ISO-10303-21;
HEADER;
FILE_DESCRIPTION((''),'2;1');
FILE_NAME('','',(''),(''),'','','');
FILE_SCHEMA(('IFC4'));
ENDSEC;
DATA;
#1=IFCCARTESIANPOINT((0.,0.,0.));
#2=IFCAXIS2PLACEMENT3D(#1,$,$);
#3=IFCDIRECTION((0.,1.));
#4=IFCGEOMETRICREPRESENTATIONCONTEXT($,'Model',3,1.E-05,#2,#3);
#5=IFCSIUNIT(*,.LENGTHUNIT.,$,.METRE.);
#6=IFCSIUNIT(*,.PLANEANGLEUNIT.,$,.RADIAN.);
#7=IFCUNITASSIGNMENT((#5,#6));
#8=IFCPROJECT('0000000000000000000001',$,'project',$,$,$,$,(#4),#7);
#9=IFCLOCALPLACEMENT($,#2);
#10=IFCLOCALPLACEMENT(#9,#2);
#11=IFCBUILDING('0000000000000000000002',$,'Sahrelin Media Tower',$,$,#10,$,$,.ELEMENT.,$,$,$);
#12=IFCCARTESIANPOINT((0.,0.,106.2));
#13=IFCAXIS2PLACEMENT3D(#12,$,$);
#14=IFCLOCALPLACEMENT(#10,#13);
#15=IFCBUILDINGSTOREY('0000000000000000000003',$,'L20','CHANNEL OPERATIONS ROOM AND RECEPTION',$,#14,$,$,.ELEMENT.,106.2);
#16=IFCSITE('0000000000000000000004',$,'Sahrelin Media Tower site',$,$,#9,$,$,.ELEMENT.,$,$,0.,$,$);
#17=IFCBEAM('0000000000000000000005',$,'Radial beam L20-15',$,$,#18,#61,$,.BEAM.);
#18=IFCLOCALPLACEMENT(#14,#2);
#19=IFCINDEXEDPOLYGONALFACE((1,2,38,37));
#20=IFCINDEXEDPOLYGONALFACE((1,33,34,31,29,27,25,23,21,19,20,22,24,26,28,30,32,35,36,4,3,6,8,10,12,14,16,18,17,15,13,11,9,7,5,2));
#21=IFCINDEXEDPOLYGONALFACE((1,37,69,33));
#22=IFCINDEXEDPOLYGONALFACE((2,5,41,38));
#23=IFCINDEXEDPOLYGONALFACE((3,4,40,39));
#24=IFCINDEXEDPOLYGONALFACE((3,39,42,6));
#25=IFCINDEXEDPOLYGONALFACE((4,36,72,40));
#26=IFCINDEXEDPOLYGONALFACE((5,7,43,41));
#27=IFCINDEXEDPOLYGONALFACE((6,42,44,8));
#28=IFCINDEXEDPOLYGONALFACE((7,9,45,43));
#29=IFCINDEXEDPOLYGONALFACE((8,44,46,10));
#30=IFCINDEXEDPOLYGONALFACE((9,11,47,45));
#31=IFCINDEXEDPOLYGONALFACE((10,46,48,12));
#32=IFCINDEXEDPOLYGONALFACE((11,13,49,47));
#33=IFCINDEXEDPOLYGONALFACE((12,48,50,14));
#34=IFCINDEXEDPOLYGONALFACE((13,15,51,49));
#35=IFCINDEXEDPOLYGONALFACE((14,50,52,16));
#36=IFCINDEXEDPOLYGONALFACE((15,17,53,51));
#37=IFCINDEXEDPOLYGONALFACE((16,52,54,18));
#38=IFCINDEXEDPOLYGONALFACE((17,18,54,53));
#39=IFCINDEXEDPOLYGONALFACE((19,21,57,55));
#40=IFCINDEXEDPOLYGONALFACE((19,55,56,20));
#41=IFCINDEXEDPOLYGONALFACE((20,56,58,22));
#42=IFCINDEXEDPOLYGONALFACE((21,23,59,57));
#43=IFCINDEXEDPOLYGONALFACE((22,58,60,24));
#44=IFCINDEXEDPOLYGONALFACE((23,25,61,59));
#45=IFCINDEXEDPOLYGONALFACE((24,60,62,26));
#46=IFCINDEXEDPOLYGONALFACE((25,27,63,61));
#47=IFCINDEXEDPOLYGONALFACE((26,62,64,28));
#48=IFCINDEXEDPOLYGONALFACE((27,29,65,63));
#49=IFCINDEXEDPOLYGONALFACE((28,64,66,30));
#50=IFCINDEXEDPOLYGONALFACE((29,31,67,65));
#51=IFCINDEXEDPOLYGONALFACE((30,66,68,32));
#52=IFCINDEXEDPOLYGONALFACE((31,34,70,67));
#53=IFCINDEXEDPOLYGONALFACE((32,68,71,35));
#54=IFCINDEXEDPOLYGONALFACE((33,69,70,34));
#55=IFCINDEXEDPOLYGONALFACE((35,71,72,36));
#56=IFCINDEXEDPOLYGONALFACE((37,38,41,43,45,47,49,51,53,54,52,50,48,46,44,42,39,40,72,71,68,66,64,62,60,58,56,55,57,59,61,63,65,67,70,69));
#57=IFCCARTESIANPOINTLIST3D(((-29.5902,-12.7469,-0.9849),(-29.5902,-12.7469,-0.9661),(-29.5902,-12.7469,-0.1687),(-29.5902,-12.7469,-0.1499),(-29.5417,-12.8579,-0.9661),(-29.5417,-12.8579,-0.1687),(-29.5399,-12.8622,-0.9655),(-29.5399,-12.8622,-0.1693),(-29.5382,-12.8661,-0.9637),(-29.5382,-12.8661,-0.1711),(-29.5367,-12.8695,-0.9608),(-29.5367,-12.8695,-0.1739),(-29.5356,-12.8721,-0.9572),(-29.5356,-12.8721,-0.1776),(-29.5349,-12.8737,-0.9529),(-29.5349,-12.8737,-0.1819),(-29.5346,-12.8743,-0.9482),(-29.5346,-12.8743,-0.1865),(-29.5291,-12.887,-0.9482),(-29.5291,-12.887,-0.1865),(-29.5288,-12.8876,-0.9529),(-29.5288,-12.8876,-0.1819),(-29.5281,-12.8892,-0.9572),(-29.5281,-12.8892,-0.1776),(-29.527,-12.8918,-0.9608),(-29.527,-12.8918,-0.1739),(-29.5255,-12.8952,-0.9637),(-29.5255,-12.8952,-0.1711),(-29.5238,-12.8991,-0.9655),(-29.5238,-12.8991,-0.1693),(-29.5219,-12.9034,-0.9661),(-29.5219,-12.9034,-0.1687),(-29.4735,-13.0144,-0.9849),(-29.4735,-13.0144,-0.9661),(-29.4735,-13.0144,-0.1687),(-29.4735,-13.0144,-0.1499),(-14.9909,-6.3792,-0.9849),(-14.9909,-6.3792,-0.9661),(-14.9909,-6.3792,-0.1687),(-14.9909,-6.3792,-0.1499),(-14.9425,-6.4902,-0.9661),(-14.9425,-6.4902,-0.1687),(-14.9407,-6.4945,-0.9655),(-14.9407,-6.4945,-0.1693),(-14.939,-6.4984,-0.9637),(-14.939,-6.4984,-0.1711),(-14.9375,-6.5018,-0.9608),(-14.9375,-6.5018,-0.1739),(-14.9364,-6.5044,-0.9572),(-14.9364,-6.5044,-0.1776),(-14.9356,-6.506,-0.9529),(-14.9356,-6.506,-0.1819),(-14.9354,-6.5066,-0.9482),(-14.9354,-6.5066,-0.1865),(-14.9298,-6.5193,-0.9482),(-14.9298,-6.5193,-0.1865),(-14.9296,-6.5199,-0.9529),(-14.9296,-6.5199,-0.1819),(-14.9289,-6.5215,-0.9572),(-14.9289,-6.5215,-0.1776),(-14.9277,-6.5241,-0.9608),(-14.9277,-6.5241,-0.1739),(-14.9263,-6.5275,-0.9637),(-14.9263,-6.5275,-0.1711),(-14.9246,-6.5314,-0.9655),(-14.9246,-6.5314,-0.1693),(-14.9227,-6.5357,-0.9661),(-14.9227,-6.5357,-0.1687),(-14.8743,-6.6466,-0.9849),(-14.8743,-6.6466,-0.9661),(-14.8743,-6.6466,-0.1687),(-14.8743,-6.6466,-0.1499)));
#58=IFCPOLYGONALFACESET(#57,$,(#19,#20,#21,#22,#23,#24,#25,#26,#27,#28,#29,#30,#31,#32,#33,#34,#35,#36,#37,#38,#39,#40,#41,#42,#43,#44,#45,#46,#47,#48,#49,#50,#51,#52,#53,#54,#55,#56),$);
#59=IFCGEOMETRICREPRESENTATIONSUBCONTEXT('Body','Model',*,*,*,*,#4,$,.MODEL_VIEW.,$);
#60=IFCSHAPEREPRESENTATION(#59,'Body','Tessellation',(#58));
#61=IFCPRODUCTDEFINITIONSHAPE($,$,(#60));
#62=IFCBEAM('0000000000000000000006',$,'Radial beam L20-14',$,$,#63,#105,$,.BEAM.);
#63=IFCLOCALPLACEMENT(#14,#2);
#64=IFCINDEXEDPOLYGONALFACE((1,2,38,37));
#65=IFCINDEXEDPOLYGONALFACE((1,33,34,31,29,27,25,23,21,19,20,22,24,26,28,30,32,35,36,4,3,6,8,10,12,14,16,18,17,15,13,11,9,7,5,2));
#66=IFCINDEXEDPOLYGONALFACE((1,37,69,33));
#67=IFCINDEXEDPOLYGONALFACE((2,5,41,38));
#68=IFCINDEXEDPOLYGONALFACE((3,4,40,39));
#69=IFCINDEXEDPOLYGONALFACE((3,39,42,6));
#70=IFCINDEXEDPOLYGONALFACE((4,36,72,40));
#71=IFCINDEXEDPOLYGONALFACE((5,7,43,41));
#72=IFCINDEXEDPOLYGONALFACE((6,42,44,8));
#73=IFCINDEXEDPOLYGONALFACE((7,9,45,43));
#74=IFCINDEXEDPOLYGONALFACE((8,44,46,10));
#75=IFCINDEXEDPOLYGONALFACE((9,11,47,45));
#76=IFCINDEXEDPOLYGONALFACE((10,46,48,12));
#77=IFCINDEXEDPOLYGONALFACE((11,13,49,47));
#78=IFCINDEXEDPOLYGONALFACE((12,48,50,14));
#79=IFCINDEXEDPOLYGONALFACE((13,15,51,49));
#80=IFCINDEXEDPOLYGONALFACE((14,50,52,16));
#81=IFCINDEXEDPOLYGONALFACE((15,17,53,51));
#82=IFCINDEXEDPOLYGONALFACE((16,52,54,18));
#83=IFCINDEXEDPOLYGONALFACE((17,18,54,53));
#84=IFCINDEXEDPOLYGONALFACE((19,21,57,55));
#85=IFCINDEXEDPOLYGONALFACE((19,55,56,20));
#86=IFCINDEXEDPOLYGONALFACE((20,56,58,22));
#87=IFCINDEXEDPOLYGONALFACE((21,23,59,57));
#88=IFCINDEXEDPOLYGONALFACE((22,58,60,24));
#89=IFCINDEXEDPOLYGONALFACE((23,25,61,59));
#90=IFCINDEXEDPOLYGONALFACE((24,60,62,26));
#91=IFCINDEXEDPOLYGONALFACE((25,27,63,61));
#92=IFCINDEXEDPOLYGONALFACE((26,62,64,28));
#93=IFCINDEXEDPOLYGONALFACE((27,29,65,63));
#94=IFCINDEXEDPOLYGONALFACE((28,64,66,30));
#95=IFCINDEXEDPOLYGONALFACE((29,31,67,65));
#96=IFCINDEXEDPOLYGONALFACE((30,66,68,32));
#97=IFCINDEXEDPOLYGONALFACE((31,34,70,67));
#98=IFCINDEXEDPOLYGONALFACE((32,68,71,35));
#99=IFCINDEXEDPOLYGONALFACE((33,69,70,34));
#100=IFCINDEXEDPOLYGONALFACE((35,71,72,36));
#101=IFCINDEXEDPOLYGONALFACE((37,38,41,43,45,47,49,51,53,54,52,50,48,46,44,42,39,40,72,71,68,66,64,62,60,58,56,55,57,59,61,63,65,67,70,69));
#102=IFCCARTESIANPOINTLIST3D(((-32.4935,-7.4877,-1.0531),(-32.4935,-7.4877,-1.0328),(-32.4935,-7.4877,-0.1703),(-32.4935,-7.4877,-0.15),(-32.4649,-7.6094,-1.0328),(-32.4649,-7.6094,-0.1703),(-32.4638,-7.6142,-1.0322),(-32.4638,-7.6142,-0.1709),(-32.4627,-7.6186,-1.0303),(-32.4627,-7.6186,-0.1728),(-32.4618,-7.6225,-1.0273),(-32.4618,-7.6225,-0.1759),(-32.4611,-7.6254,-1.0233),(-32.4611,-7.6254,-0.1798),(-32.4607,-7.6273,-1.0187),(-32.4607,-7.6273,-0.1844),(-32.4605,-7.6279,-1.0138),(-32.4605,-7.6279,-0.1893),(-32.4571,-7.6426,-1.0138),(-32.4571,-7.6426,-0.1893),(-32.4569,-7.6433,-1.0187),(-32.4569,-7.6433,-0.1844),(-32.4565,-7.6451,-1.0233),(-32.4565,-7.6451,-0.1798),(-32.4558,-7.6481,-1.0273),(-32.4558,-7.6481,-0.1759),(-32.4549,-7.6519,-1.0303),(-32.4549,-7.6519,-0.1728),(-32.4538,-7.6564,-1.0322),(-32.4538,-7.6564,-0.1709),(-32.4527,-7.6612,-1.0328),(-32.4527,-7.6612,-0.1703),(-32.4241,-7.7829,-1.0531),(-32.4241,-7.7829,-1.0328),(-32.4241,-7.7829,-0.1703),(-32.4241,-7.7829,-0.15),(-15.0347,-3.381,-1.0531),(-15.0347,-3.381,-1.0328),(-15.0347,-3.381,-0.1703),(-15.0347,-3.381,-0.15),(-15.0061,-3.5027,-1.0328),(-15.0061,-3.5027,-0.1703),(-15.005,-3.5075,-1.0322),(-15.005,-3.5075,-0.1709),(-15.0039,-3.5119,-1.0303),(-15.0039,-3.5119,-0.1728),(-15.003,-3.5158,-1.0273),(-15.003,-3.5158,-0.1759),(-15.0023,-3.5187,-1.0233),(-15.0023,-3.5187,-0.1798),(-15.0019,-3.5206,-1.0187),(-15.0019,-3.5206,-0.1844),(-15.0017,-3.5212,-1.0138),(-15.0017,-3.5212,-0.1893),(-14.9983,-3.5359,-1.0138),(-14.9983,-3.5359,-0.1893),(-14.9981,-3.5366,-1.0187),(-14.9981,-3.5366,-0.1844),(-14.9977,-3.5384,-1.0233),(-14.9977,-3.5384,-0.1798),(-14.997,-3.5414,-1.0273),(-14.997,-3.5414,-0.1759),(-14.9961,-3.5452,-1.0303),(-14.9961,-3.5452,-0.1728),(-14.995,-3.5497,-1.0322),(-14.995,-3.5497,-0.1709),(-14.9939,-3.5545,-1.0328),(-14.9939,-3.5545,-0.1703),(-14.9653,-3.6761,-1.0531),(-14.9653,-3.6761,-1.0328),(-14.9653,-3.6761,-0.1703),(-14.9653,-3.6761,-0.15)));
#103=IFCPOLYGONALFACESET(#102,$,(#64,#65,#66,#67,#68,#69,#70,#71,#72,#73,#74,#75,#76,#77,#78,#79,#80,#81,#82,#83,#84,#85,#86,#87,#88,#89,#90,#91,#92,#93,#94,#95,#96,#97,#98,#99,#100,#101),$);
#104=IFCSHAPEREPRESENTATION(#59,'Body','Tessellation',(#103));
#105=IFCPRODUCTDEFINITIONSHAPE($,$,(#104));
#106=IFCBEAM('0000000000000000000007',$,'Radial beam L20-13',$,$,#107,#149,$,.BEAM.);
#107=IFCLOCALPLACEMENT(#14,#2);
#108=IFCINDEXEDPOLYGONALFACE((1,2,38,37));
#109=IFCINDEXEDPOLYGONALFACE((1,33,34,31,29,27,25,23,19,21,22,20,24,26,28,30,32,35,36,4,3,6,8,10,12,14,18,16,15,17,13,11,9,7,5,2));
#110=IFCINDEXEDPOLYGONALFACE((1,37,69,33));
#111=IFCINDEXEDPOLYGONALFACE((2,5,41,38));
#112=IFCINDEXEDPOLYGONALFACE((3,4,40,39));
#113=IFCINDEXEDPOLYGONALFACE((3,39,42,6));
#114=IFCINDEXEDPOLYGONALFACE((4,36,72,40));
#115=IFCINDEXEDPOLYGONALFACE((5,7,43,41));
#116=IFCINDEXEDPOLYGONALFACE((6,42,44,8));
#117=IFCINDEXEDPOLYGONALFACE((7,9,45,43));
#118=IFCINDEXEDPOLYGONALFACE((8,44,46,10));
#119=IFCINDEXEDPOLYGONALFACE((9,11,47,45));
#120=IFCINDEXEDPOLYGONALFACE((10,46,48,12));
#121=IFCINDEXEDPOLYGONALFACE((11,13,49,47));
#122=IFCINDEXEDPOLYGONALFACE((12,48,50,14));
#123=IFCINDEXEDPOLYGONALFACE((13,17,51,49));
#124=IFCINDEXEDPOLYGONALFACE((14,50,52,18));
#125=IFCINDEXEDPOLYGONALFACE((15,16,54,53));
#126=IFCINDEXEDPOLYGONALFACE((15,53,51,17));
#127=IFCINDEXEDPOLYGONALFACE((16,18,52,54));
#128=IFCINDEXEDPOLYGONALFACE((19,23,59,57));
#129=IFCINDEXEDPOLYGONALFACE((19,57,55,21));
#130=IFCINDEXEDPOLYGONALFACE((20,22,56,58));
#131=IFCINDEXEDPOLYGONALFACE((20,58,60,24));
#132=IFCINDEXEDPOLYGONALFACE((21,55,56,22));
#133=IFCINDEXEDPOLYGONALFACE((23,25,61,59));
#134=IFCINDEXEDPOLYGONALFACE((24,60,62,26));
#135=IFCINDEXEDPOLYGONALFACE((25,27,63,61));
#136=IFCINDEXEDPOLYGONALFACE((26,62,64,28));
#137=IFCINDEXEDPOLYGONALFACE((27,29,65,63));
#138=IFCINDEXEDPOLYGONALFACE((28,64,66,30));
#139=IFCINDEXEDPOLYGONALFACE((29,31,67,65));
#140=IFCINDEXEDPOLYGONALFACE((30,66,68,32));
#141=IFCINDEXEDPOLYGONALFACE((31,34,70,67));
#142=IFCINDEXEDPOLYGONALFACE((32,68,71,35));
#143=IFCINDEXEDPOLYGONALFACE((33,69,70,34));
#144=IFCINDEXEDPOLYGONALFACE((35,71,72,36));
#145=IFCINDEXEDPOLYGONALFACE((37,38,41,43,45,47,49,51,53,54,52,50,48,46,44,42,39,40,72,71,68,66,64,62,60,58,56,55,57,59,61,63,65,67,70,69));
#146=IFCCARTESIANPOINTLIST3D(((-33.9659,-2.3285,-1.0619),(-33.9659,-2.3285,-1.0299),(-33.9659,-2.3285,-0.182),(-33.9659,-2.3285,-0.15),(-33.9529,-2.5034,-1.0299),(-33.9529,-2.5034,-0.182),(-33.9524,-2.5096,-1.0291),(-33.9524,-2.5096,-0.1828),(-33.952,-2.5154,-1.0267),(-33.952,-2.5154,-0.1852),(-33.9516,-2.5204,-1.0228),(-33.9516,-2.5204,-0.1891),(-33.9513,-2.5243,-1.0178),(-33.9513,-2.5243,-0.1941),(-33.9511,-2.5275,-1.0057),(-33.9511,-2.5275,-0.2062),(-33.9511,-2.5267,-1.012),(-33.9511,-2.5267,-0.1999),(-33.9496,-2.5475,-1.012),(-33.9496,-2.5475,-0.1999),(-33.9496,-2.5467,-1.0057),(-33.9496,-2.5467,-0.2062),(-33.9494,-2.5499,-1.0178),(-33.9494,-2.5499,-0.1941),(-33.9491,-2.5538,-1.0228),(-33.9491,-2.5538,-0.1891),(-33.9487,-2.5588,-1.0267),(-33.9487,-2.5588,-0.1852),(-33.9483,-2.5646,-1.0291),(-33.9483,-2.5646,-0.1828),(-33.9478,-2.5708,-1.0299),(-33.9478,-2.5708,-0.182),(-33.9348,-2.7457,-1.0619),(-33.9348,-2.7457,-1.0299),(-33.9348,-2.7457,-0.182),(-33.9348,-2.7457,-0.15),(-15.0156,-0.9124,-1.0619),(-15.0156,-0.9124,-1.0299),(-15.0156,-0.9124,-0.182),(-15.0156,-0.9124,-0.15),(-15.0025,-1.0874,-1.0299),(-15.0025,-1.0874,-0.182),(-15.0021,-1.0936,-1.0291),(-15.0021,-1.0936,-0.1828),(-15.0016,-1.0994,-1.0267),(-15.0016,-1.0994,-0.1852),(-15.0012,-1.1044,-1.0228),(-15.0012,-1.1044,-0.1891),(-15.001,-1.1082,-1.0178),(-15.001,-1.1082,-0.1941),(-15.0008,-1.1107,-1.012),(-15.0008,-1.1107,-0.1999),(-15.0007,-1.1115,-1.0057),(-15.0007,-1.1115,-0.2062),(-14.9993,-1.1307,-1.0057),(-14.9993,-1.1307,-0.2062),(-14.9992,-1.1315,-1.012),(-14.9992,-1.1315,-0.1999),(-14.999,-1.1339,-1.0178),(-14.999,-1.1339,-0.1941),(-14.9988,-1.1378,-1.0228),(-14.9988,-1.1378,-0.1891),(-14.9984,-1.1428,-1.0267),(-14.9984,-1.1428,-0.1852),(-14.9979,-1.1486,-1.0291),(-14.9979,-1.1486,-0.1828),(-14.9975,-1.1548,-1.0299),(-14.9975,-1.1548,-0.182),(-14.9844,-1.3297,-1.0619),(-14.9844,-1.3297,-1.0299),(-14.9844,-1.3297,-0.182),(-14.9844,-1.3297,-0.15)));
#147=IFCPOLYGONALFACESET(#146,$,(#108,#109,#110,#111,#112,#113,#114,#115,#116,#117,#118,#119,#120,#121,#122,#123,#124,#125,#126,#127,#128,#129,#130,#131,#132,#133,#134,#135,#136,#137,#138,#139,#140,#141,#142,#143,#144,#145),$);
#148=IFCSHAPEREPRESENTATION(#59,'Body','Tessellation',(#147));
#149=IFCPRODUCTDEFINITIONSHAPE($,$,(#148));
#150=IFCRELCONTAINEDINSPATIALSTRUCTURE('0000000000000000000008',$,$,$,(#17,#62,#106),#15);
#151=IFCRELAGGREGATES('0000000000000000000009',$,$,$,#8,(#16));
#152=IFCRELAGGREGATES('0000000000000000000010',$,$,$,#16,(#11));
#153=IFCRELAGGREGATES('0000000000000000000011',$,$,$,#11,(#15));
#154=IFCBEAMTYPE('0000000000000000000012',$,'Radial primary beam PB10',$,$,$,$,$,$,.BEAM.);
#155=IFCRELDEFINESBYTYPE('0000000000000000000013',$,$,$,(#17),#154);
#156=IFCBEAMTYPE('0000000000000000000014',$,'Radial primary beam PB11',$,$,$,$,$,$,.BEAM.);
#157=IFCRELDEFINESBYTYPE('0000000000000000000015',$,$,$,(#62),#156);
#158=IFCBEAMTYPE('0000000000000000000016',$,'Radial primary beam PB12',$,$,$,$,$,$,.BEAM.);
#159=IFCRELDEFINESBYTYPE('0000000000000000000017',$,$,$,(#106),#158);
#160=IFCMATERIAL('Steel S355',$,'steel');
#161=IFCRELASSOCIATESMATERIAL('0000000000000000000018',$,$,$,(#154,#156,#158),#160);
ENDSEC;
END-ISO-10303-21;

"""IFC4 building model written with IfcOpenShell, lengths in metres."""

from ifc_helpers import new_model, si_unit, direction, frame, origin, origin_2d, place, context, subcontext, project, spatial, i_section, extrude, material, material_profile, profile_set, type_object, element, save


model = new_model("IFC4")

# Units and contexts
model_context = context("Model", 3, precision=1e-05, world=origin(), true_north=direction((0.0, 1.0)))
body_context = subcontext(model_context, "Body", "Model", "MODEL_VIEW")
ifc_project = project(units=[si_unit("LENGTHUNIT", "METRE"), si_unit("PLANEANGLEUNIT", "RADIAN")], contexts=[model_context])

# Site, building, storey
site_placement = place(None, origin())
site = spatial("IfcSite", under=ifc_project, at=site_placement, Name="Sahrelin Media Tower site", CompositionType="ELEMENT", RefElevation=0.0)
building_placement = place(site_placement, origin())
building = spatial("IfcBuilding", under=site, at=building_placement, Name="Sahrelin Media Tower", CompositionType="ELEMENT")
storey_placement = place(building_placement, frame((0.0, 0.0, 106.2)))
storey = spatial("IfcBuildingStorey", under=building, at=storey_placement, Name="L20", Description="CHANNEL OPERATIONS ROOM AND RECEPTION", CompositionType="ELEMENT", Elevation=106.2)

# Beams
ifc_material_1 = material(Name="Steel S355", Category="steel")
ifc_material_profile_1 = material_profile(ifc_material_1, i_section(OverallWidth=0.2917, OverallDepth=0.835, WebThickness=0.0139, FlangeThickness=0.0188, FilletRadius=0.0178, at=origin_2d()), Name="UB 838x292x176")
ifc_profile_set_1 = profile_set([ifc_material_profile_1], Name="Steel S355")
beam_type_1 = type_object("IfcBeamType", Name="Radial primary beam PB10", PredefinedType="BEAM", material=ifc_profile_set_1)
beam_1_placement = place(storey_placement, frame((-14.9326, -6.5129, -0.5674), z_axis=(-0.916605, -0.399794, 0.0), x_axis=(0.399794, -0.916605, 0.0)))
element("IfcBeam", 1, at=beam_1_placement, inside=storey, type_object=beam_type_1, Name="Radial beam L20-15", PredefinedType="BEAM", context=body_context, shape_type="SweptSolid", body=[
    extrude(i_section(OverallWidth=0.2917, OverallDepth=0.835, WebThickness=0.0139, FlangeThickness=0.0188, FilletRadius=0.0178, at=origin_2d()), origin(), (0.0, 0.0, 1.0), 15.9275),
])
ifc_material_profile_2 = material_profile(ifc_material_1, i_section(OverallWidth=0.3032, OverallDepth=0.9031, WebThickness=0.0151, FlangeThickness=0.0203, FilletRadius=0.019, at=origin_2d()), Name="UB 914x305x201")
ifc_profile_set_2 = profile_set([ifc_material_profile_2], Name="Steel S355")
beam_type_2 = type_object("IfcBeamType", Name="Radial primary beam PB11", PredefinedType="BEAM", material=ifc_profile_set_2)
beam_2_placement = place(storey_placement, frame((-15.0, -3.5286, -0.6016), z_axis=(-0.973433, -0.228973, 0.0), x_axis=(0.228973, -0.973433, 0.0)))
element("IfcBeam", 2, at=beam_2_placement, inside=storey, type_object=beam_type_2, Name="Radial beam L20-14", PredefinedType="BEAM", context=body_context, shape_type="SweptSolid", body=[
    extrude(i_section(OverallWidth=0.3032, OverallDepth=0.9031, WebThickness=0.0151, FlangeThickness=0.0203, FilletRadius=0.019, at=origin_2d()), origin(), (0.0, 0.0, 1.0), 17.9353),
])
ifc_material_profile_3 = material_profile(ifc_material_1, i_section(OverallWidth=0.4185, OverallDepth=0.9119, WebThickness=0.0193, FlangeThickness=0.032, FilletRadius=0.0242, at=origin_2d()), Name="UB 914x419x343")
ifc_profile_set_3 = profile_set([ifc_material_profile_3], Name="Steel S355")
beam_type_3 = type_object("IfcBeamType", Name="Radial primary beam PB12", PredefinedType="BEAM", material=ifc_profile_set_3)
beam_3_placement = place(storey_placement, frame((-15.0, -1.1211, -0.606), z_axis=(-0.99722, -0.074514, 0.0), x_axis=(0.074514, -0.99722, 0.0)))
element("IfcBeam", 3, at=beam_3_placement, inside=storey, type_object=beam_type_3, Name="Radial beam L20-13", PredefinedType="BEAM", context=body_context, shape_type="SweptSolid", body=[
    extrude(i_section(OverallWidth=0.4185, OverallDepth=0.9119, WebThickness=0.0193, FlangeThickness=0.032, FilletRadius=0.0242, at=origin_2d()), origin(), (0.0, 0.0, 1.0), 19.0032),
])

save(model, "model.ifc")
